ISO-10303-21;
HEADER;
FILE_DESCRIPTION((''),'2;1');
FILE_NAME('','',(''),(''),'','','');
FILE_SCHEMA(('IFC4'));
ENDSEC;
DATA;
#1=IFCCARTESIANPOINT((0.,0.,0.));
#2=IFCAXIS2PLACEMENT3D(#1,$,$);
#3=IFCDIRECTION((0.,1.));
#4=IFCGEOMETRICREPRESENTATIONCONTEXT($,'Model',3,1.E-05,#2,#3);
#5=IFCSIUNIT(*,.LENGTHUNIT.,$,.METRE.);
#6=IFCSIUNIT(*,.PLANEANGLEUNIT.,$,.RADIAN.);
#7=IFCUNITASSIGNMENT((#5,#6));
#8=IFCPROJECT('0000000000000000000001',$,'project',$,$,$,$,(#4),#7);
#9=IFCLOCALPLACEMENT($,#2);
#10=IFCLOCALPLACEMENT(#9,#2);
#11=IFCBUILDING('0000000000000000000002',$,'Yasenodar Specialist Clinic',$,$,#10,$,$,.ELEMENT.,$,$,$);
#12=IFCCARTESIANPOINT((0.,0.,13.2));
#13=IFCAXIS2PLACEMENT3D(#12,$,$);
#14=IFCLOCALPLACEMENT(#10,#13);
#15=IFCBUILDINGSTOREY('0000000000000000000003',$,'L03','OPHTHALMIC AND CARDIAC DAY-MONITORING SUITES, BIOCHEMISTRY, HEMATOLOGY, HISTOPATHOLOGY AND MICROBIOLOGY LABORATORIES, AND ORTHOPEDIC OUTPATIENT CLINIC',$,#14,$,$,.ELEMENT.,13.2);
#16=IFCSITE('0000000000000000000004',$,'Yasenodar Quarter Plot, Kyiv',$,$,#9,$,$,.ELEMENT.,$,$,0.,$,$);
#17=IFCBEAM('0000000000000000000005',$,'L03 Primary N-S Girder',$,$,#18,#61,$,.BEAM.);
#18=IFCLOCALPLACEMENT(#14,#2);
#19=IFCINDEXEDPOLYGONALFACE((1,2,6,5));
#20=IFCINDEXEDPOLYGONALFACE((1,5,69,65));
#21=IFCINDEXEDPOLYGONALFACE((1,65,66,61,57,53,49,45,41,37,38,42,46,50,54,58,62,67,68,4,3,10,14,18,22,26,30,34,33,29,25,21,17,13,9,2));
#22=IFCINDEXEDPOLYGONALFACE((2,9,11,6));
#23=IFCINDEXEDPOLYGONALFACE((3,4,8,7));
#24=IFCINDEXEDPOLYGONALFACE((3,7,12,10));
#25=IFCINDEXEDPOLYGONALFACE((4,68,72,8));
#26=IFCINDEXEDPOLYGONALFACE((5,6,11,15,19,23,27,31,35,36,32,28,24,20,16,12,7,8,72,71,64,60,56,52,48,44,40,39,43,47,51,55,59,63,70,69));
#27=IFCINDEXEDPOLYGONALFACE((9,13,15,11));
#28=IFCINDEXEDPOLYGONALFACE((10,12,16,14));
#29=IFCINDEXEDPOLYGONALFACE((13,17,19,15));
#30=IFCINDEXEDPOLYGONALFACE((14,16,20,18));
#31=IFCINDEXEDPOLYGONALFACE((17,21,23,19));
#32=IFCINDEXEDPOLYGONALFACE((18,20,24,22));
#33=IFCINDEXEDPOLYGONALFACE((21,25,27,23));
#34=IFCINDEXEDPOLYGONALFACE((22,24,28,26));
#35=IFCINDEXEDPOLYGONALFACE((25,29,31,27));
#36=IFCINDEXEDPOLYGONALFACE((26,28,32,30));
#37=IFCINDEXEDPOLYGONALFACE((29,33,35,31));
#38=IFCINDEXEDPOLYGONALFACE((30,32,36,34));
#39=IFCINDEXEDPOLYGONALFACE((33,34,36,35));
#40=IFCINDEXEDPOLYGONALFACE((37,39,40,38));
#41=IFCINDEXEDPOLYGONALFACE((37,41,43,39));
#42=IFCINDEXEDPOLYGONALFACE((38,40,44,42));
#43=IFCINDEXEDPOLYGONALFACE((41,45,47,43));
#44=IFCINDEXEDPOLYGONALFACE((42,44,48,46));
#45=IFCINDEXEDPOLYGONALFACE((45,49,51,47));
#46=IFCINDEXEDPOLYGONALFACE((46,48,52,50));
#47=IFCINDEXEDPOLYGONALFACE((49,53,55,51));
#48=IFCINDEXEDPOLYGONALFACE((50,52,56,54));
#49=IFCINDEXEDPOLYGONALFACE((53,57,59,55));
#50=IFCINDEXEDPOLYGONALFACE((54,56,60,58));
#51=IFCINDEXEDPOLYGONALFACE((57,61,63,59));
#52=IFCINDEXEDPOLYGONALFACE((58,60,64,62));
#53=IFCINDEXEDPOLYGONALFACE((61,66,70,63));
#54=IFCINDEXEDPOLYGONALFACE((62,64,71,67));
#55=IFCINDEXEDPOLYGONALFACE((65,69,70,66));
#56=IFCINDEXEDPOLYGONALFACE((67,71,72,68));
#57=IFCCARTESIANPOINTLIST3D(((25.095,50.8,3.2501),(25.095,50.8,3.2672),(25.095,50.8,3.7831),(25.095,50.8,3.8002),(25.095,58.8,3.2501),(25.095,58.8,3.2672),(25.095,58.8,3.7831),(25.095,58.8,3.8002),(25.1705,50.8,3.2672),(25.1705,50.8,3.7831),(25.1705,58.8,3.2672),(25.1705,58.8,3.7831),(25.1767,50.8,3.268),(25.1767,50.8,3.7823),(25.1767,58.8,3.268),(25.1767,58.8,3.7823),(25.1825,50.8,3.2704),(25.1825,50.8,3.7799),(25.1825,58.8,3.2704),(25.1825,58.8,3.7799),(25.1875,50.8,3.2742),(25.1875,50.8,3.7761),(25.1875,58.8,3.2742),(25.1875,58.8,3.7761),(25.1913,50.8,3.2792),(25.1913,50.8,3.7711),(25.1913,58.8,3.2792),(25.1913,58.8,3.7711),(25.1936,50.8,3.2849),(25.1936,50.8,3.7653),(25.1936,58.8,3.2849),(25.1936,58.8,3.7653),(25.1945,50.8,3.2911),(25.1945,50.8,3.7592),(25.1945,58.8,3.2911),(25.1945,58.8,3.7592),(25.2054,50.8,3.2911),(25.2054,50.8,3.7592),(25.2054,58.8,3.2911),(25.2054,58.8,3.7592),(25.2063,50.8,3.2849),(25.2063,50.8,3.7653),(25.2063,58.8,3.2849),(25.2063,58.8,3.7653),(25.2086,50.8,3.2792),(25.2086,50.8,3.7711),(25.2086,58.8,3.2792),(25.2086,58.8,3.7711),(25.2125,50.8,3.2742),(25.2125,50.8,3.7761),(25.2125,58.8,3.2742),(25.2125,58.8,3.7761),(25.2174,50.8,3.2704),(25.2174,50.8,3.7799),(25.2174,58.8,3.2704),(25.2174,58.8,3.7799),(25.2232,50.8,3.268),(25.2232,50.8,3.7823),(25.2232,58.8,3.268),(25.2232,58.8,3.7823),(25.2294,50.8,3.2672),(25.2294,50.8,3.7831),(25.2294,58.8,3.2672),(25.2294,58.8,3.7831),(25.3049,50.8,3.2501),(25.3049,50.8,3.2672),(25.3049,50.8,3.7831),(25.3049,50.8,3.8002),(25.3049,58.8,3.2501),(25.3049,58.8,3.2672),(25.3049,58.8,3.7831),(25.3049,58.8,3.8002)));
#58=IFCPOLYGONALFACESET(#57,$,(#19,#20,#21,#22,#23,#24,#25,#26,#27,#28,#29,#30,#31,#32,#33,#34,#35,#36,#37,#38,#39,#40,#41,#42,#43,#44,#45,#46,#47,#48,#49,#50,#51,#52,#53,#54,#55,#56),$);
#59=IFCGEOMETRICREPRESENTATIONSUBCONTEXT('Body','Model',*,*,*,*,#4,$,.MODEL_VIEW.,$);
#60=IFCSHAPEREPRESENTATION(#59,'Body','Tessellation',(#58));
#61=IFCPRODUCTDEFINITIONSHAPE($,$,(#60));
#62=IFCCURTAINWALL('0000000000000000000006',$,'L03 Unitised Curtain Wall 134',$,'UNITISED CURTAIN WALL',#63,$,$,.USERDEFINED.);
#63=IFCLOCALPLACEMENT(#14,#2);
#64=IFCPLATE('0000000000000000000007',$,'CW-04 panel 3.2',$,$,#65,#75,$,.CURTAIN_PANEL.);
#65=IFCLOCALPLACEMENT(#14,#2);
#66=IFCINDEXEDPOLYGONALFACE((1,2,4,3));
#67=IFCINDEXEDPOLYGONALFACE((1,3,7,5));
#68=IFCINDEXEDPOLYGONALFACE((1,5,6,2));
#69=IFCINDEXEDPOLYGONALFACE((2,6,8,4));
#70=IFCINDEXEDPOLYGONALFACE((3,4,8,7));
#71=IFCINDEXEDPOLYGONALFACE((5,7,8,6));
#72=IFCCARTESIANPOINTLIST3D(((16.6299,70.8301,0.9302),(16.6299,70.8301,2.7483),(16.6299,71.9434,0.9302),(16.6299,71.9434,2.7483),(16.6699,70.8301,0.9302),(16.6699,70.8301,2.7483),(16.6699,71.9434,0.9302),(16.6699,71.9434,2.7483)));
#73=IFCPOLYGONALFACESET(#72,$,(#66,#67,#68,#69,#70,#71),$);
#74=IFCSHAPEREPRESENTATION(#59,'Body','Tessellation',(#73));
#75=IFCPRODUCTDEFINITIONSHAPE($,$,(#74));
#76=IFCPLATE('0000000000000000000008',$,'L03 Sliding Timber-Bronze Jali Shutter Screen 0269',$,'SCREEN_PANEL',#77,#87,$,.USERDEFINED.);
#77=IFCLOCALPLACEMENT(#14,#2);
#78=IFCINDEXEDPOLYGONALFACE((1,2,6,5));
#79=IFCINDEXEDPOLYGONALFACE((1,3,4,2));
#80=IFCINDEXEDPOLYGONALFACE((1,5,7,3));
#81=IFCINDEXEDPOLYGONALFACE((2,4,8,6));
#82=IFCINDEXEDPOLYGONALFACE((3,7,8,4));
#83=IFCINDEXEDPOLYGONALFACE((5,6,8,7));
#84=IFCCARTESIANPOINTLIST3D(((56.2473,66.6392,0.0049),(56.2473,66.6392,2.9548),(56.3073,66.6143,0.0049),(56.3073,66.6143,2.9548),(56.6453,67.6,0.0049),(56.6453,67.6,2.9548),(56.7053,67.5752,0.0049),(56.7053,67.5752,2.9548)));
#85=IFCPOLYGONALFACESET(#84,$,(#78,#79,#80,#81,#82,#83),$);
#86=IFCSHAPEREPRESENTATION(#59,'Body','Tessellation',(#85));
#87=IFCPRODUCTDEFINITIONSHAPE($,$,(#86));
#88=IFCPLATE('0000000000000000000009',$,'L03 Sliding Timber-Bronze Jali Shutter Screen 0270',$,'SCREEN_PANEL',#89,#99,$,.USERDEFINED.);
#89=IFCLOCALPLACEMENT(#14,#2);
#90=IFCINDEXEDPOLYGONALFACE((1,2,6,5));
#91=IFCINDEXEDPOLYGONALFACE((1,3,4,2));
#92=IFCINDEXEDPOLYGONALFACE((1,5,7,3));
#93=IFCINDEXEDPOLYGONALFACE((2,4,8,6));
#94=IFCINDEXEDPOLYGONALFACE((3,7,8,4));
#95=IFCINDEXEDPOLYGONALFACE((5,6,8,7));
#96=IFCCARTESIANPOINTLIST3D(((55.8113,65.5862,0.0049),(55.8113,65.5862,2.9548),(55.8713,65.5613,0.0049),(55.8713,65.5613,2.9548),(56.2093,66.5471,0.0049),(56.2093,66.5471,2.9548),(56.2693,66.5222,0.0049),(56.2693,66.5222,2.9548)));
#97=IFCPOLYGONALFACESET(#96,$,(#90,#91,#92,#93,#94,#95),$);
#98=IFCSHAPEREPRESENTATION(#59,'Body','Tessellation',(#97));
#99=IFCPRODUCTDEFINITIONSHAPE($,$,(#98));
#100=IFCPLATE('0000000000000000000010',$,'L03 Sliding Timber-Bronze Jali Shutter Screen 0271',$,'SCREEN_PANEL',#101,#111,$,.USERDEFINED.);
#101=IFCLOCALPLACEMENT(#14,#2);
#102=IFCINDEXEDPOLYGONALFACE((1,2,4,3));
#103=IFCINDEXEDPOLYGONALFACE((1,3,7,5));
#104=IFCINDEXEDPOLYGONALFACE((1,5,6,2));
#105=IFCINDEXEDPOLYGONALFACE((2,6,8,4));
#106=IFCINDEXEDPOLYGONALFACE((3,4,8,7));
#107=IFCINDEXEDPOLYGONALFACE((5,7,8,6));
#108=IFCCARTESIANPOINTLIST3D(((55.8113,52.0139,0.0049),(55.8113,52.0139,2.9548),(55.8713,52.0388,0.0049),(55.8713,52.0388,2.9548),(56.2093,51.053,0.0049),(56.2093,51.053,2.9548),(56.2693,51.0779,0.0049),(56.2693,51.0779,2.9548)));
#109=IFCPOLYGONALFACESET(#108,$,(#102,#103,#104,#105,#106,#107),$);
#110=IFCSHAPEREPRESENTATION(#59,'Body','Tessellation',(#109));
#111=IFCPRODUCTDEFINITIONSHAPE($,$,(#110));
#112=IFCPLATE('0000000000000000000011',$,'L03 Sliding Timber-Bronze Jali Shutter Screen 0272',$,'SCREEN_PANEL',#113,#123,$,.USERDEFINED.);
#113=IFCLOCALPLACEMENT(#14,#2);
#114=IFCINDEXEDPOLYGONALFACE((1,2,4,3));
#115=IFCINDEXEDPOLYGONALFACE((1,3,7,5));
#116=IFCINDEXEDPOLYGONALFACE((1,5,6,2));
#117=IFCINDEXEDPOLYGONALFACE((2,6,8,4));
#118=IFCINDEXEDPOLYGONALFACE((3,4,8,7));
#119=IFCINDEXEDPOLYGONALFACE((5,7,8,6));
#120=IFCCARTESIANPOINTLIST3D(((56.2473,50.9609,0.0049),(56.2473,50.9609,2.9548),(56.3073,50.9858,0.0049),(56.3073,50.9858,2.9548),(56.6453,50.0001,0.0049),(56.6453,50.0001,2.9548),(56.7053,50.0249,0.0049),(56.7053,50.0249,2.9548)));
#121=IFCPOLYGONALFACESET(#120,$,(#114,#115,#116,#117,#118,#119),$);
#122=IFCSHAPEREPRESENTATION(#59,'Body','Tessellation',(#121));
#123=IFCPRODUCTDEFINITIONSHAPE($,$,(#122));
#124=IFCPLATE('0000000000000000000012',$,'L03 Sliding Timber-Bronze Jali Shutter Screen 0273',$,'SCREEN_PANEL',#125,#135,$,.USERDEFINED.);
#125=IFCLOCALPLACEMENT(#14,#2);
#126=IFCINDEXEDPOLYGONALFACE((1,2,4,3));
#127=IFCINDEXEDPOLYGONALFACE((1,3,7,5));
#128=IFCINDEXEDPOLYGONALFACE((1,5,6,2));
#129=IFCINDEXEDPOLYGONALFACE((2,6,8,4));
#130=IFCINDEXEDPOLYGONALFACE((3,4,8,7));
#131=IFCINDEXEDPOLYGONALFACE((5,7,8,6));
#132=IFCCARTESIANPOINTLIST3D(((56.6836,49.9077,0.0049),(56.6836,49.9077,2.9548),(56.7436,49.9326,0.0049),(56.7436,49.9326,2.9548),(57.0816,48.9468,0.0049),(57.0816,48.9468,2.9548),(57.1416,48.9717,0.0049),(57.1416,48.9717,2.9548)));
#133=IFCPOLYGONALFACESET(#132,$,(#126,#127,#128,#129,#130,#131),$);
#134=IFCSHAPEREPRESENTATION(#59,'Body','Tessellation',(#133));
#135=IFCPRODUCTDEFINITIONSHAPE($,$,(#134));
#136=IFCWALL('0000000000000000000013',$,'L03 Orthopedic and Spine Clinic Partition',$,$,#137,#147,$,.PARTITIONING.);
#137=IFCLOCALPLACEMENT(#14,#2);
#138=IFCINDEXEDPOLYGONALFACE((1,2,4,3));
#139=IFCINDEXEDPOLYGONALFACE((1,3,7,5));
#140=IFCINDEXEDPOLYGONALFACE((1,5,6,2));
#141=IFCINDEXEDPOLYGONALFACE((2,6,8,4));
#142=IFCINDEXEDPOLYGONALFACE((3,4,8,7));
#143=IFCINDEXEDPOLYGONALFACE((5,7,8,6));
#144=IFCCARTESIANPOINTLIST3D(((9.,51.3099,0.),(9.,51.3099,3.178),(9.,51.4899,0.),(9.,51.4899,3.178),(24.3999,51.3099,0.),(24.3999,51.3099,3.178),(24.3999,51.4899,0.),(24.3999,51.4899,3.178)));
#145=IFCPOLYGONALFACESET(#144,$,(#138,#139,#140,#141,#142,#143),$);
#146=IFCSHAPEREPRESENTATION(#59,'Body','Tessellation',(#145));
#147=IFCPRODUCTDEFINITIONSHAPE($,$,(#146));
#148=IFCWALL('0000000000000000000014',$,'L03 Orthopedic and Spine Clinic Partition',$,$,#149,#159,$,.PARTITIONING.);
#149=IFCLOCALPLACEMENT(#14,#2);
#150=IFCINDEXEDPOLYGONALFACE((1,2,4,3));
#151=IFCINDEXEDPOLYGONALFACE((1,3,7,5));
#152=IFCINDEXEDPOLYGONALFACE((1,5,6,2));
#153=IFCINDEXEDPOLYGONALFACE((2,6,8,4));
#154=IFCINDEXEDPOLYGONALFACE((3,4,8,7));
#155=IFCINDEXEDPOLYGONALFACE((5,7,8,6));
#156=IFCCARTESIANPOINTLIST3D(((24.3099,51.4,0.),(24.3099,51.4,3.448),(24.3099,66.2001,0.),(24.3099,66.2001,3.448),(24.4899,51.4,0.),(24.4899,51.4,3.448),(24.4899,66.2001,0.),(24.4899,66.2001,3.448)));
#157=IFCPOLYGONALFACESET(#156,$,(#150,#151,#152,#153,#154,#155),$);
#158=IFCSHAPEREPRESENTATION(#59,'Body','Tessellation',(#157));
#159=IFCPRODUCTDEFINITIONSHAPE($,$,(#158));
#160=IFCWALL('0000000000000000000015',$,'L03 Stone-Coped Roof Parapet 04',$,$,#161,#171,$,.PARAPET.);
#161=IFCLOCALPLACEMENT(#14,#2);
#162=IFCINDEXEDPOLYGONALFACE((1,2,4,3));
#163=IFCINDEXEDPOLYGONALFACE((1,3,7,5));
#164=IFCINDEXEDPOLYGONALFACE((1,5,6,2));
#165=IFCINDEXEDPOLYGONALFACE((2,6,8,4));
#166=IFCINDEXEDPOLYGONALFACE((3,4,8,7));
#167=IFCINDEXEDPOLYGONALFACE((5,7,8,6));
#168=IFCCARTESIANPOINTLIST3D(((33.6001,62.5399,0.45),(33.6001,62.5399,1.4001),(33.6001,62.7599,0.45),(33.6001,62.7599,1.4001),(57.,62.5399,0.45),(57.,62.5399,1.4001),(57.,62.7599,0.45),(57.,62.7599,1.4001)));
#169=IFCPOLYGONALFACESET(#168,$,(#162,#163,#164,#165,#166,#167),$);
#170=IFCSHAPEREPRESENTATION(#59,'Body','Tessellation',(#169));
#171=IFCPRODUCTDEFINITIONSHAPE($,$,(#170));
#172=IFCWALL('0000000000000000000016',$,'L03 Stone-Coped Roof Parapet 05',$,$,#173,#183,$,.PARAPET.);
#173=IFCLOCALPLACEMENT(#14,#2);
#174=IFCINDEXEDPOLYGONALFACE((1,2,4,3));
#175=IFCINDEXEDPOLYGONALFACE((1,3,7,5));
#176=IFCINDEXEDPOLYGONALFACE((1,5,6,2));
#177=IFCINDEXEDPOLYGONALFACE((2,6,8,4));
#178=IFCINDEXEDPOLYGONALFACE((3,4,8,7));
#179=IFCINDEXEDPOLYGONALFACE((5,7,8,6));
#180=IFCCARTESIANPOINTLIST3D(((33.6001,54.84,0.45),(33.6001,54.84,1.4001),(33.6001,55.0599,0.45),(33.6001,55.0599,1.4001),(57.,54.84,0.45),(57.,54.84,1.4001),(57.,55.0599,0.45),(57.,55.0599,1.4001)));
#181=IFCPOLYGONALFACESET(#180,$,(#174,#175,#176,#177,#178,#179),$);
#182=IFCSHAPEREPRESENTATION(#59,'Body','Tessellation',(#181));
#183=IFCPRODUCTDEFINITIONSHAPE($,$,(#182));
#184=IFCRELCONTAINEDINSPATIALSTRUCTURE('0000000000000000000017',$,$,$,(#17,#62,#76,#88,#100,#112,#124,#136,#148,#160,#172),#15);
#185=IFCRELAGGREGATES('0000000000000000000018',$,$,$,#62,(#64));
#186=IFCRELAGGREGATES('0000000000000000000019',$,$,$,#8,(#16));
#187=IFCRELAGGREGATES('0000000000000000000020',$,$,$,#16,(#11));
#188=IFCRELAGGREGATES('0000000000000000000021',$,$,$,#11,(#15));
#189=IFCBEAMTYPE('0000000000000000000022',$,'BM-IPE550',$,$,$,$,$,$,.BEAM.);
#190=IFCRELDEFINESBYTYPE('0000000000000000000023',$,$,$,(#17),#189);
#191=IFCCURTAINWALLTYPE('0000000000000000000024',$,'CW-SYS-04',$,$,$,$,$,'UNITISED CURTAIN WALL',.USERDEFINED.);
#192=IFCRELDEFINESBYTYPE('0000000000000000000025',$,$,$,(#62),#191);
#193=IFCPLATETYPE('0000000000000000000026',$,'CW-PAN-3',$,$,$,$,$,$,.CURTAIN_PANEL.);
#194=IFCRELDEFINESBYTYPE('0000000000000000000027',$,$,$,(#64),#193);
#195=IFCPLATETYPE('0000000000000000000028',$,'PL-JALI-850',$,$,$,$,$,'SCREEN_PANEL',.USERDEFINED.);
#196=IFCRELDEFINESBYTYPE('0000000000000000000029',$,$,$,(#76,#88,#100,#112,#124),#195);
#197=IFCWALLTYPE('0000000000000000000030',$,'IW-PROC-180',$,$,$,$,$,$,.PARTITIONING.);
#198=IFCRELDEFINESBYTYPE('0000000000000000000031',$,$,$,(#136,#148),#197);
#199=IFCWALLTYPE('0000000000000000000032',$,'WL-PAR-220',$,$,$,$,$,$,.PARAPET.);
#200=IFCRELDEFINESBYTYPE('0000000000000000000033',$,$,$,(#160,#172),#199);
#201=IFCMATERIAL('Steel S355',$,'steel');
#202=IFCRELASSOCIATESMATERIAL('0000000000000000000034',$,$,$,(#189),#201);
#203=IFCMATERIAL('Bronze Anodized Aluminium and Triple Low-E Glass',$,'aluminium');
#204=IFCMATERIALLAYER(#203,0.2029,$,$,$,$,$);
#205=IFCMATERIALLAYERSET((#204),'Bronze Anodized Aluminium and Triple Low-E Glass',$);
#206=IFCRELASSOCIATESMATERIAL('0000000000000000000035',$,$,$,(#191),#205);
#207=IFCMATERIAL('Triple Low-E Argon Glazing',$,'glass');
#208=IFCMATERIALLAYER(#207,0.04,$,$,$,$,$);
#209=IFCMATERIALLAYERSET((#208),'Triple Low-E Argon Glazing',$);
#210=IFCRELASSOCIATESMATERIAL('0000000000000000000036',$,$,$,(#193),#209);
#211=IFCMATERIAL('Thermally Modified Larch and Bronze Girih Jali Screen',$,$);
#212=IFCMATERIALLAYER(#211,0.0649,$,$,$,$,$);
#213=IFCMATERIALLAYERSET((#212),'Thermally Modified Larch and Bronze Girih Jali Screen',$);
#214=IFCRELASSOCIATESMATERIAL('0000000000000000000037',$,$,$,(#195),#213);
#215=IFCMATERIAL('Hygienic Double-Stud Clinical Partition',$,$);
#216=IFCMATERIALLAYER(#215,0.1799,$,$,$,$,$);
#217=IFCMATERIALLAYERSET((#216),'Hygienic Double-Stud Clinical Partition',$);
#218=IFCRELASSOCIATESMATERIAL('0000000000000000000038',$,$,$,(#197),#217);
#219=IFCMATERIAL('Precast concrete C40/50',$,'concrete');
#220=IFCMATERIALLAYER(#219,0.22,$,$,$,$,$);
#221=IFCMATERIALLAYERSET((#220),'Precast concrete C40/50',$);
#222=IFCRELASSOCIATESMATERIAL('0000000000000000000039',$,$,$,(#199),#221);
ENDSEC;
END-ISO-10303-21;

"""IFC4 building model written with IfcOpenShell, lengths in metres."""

from ifc_helpers import new_model, si_unit, direction, frame, frame_2d, origin, origin_2d, place, context, subcontext, project, spatial, rectangle, i_section, extrude, material, layer, layer_set, material_profile, profile_set, type_object, element, aggregate, save


model = new_model("IFC4")

# Units and contexts
model_context = context("Model", 3, precision=1e-05, world=origin(), true_north=direction((0.0, 1.0)))
body_context = subcontext(model_context, "Body", "Model", "MODEL_VIEW")
ifc_project = project(units=[si_unit("LENGTHUNIT", "METRE"), si_unit("PLANEANGLEUNIT", "RADIAN")], contexts=[model_context])

# Site, building, storey
site_placement = place(None, origin())
site = spatial("IfcSite", under=ifc_project, at=site_placement, Name="Yasenodar Quarter Plot, Kyiv", CompositionType="ELEMENT", RefElevation=0.0)
building_placement = place(site_placement, origin())
building = spatial("IfcBuilding", under=site, at=building_placement, Name="Yasenodar Specialist Clinic", CompositionType="ELEMENT")
storey_placement = place(building_placement, frame((0.0, 0.0, 13.2)))
storey = spatial("IfcBuildingStorey", under=building, at=storey_placement, Name="L03", Description="OPHTHALMIC AND CARDIAC DAY-MONITORING SUITES, BIOCHEMISTRY, HEMATOLOGY, HISTOPATHOLOGY AND MICROBIOLOGY LABORATORIES, AND ORTHOPEDIC OUTPATIENT CLINIC", CompositionType="ELEMENT", Elevation=13.2)

# Shared definitions
ifc_material_1 = material(Name="Steel S355", Category="steel")

# Beam
ifc_material_profile_1 = material_profile(ifc_material_1, i_section(OverallWidth=0.21, OverallDepth=0.55, WebThickness=0.011, FlangeThickness=0.0171, FilletRadius=0.0239, at=origin_2d()), Name="IPE 550")
ifc_profile_set_1 = profile_set([ifc_material_profile_1], Name="Steel S355")
beam_type_1 = type_object("IfcBeamType", Name="BM-IPE550", PredefinedType="BEAM", material=ifc_profile_set_1)
beam_1_placement = place(storey_placement, frame((25.2, 50.8, 3.5251), z_axis=(0.0, 1.0, 0.0), x_axis=(-1.0, 0.0, 0.0)))
element("IfcBeam", 1, at=beam_1_placement, inside=storey, type_object=beam_type_1, Name="L03 Primary N-S Girder", PredefinedType="BEAM", context=body_context, shape_type="SweptSolid", body=[
    extrude(i_section(OverallWidth=0.21, OverallDepth=0.55, WebThickness=0.011, FlangeThickness=0.0171, FilletRadius=0.0239, at=origin_2d()), origin(), (0.0, 0.0, 1.0), 8.0),
])

# Curtain wall, plate
ifc_material_2 = material(Name="Bronze Anodized Aluminium and Triple Low-E Glass", Category="aluminium")
ifc_layer_1 = layer(ifc_material_2, 0.2029)
ifc_layer_set_1 = layer_set([ifc_layer_1], Name="Bronze Anodized Aluminium and Triple Low-E Glass")
curtain_wall_type = type_object("IfcCurtainWallType", Name="CW-SYS-04", ElementType="UNITISED CURTAIN WALL", PredefinedType="USERDEFINED", material=ifc_layer_set_1)
curtain_wall_placement = place(storey_placement, origin())
curtain_wall = element("IfcCurtainWall", 2, at=curtain_wall_placement, inside=storey, type_object=curtain_wall_type, Name="L03 Unitised Curtain Wall 134", ObjectType="UNITISED CURTAIN WALL", PredefinedType="USERDEFINED")
ifc_material_3 = material(Name="Triple Low-E Argon Glazing", Category="glass")
ifc_layer_2 = layer(ifc_material_3, 0.04)
ifc_layer_set_2 = layer_set([ifc_layer_2], Name="Triple Low-E Argon Glazing")
plate_type_1 = type_object("IfcPlateType", Name="CW-PAN-3", PredefinedType="CURTAIN_PANEL", material=ifc_layer_set_2)
plate_placement = place(storey_placement, frame((16.6499, 71.3867, 0.9302), z_axis=(0.0, 0.0, 1.0), x_axis=(0.0, -1.0, 0.0)))
plate = element("IfcPlate", 3, at=plate_placement, type_object=plate_type_1, Name="CW-04 panel 3.2", PredefinedType="CURTAIN_PANEL", context=body_context, shape_type="SweptSolid", body=[
    extrude(rectangle(XDim=1.1133, YDim=0.04, at=origin_2d()), origin(), (0.0, 0.0, 1.0), 1.8181),
])
aggregate(curtain_wall, [plate])

# Plates
ifc_material_4 = material(Name="Thermally Modified Larch and Bronze Girih Jali Screen")
ifc_layer_3 = layer(ifc_material_4, 0.0649)
ifc_layer_set_3 = layer_set([ifc_layer_3], Name="Thermally Modified Larch and Bronze Girih Jali Screen")
plate_type_2 = type_object("IfcPlateType", Name="PL-JALI-850", ElementType="SCREEN_PANEL", PredefinedType="USERDEFINED", material=ifc_layer_set_3)
for number, where, z_axis, x_axis, name in (
    (4, (56.4763, 67.1072, 0.0049), (0.0, 0.0, 1.0), (-0.382687, -0.923878, 0.0), "L03 Sliding Timber-Bronze Jali Shutter Screen 0269"),
    (5, (56.0403, 66.0542, 0.0049), (0.0, 0.0, 1.0), (-0.382687, -0.923878, 0.0), "L03 Sliding Timber-Bronze Jali Shutter Screen 0270"),
    (6, (56.0403, 51.5459, 0.0049), (0.0, 0.0, 1.0), (0.382687, -0.923878, 0.0), "L03 Sliding Timber-Bronze Jali Shutter Screen 0271"),
    (7, (56.4763, 50.4929, 0.0049), (0.0, 0.0, 1.0), (0.382687, -0.923878, 0.0), "L03 Sliding Timber-Bronze Jali Shutter Screen 0272"),
    (8, (56.9126, 49.4397, 0.0049), (0.0, 0.0, 1.0), (0.382687, -0.923878, 0.0), "L03 Sliding Timber-Bronze Jali Shutter Screen 0273"),
):
    element("IfcPlate", number, at=place(storey_placement, frame(where, z_axis=z_axis, x_axis=x_axis)), inside=storey, type_object=plate_type_2, Name=name, ObjectType="SCREEN_PANEL", PredefinedType="USERDEFINED", context=body_context, shape_type="SweptSolid", body=[
        extrude(rectangle(XDim=1.04, YDim=0.0649, at=origin_2d()), origin(), (0.0, 0.0, 1.0), 2.95),
    ])

# Walls
ifc_material_5 = material(Name="Hygienic Double-Stud Clinical Partition")
ifc_layer_4 = layer(ifc_material_5, 0.1799)
ifc_layer_set_4 = layer_set([ifc_layer_4], Name="Hygienic Double-Stud Clinical Partition")
wall_type_1 = type_object("IfcWallType", Name="IW-PROC-180", PredefinedType="PARTITIONING", material=ifc_layer_set_4)
wall_1_placement = place(storey_placement, frame((24.3999, 51.3999, 0.0), z_axis=(0.0, 0.0, 1.0), x_axis=(-1.0, 0.0, 0.0)))
element("IfcWall", 9, at=wall_1_placement, inside=storey, type_object=wall_type_1, Name="L03 Orthopedic and Spine Clinic Partition", PredefinedType="PARTITIONING", context=body_context, shape_type="SweptSolid", body=[
    extrude(rectangle(XDim=15.3999, YDim=0.1799, at=frame_2d((7.7, 0.0))), origin(), (0.0, 0.0, 1.0), 3.178),
])
wall_2_placement = place(storey_placement, frame((24.3999, 66.2, 0.0), z_axis=(0.0, 0.0, 1.0), x_axis=(0.0, -1.0, 0.0)))
element("IfcWall", 10, at=wall_2_placement, inside=storey, type_object=wall_type_1, Name="L03 Orthopedic and Spine Clinic Partition", PredefinedType="PARTITIONING", context=body_context, shape_type="SweptSolid", body=[
    extrude(rectangle(XDim=14.8, YDim=0.1799, at=frame_2d((7.3999, 0.0))), origin(), (0.0, 0.0, 1.0), 3.448),
])
ifc_material_6 = material(Name="Precast concrete C40/50", Category="concrete")
ifc_layer_5 = layer(ifc_material_6, 0.22)
ifc_layer_set_5 = layer_set([ifc_layer_5], Name="Precast concrete C40/50")
wall_type_2 = type_object("IfcWallType", Name="WL-PAR-220", PredefinedType="PARAPET", material=ifc_layer_set_5)
for number, where, z_axis, x_axis, name in (
    (11, (33.6001, 62.6499, 0.45), (0.0, 0.0, 1.0), (1.0, 0.0, 0.0), "L03 Stone-Coped Roof Parapet 04"),
    (12, (57.0, 54.95, 0.45), (0.0, 0.0, 1.0), (-1.0, 0.0, 0.0), "L03 Stone-Coped Roof Parapet 05"),
):
    element("IfcWall", number, at=place(storey_placement, frame(where, z_axis=z_axis, x_axis=x_axis)), inside=storey, type_object=wall_type_2, Name=name, PredefinedType="PARAPET", context=body_context, shape_type="SweptSolid", body=[
        extrude(rectangle(XDim=23.3999, YDim=0.22, at=frame_2d((11.7, 0.0))), origin(), (0.0, 0.0, 1.0), 0.9502),
    ])

save(model, "model.ifc")
